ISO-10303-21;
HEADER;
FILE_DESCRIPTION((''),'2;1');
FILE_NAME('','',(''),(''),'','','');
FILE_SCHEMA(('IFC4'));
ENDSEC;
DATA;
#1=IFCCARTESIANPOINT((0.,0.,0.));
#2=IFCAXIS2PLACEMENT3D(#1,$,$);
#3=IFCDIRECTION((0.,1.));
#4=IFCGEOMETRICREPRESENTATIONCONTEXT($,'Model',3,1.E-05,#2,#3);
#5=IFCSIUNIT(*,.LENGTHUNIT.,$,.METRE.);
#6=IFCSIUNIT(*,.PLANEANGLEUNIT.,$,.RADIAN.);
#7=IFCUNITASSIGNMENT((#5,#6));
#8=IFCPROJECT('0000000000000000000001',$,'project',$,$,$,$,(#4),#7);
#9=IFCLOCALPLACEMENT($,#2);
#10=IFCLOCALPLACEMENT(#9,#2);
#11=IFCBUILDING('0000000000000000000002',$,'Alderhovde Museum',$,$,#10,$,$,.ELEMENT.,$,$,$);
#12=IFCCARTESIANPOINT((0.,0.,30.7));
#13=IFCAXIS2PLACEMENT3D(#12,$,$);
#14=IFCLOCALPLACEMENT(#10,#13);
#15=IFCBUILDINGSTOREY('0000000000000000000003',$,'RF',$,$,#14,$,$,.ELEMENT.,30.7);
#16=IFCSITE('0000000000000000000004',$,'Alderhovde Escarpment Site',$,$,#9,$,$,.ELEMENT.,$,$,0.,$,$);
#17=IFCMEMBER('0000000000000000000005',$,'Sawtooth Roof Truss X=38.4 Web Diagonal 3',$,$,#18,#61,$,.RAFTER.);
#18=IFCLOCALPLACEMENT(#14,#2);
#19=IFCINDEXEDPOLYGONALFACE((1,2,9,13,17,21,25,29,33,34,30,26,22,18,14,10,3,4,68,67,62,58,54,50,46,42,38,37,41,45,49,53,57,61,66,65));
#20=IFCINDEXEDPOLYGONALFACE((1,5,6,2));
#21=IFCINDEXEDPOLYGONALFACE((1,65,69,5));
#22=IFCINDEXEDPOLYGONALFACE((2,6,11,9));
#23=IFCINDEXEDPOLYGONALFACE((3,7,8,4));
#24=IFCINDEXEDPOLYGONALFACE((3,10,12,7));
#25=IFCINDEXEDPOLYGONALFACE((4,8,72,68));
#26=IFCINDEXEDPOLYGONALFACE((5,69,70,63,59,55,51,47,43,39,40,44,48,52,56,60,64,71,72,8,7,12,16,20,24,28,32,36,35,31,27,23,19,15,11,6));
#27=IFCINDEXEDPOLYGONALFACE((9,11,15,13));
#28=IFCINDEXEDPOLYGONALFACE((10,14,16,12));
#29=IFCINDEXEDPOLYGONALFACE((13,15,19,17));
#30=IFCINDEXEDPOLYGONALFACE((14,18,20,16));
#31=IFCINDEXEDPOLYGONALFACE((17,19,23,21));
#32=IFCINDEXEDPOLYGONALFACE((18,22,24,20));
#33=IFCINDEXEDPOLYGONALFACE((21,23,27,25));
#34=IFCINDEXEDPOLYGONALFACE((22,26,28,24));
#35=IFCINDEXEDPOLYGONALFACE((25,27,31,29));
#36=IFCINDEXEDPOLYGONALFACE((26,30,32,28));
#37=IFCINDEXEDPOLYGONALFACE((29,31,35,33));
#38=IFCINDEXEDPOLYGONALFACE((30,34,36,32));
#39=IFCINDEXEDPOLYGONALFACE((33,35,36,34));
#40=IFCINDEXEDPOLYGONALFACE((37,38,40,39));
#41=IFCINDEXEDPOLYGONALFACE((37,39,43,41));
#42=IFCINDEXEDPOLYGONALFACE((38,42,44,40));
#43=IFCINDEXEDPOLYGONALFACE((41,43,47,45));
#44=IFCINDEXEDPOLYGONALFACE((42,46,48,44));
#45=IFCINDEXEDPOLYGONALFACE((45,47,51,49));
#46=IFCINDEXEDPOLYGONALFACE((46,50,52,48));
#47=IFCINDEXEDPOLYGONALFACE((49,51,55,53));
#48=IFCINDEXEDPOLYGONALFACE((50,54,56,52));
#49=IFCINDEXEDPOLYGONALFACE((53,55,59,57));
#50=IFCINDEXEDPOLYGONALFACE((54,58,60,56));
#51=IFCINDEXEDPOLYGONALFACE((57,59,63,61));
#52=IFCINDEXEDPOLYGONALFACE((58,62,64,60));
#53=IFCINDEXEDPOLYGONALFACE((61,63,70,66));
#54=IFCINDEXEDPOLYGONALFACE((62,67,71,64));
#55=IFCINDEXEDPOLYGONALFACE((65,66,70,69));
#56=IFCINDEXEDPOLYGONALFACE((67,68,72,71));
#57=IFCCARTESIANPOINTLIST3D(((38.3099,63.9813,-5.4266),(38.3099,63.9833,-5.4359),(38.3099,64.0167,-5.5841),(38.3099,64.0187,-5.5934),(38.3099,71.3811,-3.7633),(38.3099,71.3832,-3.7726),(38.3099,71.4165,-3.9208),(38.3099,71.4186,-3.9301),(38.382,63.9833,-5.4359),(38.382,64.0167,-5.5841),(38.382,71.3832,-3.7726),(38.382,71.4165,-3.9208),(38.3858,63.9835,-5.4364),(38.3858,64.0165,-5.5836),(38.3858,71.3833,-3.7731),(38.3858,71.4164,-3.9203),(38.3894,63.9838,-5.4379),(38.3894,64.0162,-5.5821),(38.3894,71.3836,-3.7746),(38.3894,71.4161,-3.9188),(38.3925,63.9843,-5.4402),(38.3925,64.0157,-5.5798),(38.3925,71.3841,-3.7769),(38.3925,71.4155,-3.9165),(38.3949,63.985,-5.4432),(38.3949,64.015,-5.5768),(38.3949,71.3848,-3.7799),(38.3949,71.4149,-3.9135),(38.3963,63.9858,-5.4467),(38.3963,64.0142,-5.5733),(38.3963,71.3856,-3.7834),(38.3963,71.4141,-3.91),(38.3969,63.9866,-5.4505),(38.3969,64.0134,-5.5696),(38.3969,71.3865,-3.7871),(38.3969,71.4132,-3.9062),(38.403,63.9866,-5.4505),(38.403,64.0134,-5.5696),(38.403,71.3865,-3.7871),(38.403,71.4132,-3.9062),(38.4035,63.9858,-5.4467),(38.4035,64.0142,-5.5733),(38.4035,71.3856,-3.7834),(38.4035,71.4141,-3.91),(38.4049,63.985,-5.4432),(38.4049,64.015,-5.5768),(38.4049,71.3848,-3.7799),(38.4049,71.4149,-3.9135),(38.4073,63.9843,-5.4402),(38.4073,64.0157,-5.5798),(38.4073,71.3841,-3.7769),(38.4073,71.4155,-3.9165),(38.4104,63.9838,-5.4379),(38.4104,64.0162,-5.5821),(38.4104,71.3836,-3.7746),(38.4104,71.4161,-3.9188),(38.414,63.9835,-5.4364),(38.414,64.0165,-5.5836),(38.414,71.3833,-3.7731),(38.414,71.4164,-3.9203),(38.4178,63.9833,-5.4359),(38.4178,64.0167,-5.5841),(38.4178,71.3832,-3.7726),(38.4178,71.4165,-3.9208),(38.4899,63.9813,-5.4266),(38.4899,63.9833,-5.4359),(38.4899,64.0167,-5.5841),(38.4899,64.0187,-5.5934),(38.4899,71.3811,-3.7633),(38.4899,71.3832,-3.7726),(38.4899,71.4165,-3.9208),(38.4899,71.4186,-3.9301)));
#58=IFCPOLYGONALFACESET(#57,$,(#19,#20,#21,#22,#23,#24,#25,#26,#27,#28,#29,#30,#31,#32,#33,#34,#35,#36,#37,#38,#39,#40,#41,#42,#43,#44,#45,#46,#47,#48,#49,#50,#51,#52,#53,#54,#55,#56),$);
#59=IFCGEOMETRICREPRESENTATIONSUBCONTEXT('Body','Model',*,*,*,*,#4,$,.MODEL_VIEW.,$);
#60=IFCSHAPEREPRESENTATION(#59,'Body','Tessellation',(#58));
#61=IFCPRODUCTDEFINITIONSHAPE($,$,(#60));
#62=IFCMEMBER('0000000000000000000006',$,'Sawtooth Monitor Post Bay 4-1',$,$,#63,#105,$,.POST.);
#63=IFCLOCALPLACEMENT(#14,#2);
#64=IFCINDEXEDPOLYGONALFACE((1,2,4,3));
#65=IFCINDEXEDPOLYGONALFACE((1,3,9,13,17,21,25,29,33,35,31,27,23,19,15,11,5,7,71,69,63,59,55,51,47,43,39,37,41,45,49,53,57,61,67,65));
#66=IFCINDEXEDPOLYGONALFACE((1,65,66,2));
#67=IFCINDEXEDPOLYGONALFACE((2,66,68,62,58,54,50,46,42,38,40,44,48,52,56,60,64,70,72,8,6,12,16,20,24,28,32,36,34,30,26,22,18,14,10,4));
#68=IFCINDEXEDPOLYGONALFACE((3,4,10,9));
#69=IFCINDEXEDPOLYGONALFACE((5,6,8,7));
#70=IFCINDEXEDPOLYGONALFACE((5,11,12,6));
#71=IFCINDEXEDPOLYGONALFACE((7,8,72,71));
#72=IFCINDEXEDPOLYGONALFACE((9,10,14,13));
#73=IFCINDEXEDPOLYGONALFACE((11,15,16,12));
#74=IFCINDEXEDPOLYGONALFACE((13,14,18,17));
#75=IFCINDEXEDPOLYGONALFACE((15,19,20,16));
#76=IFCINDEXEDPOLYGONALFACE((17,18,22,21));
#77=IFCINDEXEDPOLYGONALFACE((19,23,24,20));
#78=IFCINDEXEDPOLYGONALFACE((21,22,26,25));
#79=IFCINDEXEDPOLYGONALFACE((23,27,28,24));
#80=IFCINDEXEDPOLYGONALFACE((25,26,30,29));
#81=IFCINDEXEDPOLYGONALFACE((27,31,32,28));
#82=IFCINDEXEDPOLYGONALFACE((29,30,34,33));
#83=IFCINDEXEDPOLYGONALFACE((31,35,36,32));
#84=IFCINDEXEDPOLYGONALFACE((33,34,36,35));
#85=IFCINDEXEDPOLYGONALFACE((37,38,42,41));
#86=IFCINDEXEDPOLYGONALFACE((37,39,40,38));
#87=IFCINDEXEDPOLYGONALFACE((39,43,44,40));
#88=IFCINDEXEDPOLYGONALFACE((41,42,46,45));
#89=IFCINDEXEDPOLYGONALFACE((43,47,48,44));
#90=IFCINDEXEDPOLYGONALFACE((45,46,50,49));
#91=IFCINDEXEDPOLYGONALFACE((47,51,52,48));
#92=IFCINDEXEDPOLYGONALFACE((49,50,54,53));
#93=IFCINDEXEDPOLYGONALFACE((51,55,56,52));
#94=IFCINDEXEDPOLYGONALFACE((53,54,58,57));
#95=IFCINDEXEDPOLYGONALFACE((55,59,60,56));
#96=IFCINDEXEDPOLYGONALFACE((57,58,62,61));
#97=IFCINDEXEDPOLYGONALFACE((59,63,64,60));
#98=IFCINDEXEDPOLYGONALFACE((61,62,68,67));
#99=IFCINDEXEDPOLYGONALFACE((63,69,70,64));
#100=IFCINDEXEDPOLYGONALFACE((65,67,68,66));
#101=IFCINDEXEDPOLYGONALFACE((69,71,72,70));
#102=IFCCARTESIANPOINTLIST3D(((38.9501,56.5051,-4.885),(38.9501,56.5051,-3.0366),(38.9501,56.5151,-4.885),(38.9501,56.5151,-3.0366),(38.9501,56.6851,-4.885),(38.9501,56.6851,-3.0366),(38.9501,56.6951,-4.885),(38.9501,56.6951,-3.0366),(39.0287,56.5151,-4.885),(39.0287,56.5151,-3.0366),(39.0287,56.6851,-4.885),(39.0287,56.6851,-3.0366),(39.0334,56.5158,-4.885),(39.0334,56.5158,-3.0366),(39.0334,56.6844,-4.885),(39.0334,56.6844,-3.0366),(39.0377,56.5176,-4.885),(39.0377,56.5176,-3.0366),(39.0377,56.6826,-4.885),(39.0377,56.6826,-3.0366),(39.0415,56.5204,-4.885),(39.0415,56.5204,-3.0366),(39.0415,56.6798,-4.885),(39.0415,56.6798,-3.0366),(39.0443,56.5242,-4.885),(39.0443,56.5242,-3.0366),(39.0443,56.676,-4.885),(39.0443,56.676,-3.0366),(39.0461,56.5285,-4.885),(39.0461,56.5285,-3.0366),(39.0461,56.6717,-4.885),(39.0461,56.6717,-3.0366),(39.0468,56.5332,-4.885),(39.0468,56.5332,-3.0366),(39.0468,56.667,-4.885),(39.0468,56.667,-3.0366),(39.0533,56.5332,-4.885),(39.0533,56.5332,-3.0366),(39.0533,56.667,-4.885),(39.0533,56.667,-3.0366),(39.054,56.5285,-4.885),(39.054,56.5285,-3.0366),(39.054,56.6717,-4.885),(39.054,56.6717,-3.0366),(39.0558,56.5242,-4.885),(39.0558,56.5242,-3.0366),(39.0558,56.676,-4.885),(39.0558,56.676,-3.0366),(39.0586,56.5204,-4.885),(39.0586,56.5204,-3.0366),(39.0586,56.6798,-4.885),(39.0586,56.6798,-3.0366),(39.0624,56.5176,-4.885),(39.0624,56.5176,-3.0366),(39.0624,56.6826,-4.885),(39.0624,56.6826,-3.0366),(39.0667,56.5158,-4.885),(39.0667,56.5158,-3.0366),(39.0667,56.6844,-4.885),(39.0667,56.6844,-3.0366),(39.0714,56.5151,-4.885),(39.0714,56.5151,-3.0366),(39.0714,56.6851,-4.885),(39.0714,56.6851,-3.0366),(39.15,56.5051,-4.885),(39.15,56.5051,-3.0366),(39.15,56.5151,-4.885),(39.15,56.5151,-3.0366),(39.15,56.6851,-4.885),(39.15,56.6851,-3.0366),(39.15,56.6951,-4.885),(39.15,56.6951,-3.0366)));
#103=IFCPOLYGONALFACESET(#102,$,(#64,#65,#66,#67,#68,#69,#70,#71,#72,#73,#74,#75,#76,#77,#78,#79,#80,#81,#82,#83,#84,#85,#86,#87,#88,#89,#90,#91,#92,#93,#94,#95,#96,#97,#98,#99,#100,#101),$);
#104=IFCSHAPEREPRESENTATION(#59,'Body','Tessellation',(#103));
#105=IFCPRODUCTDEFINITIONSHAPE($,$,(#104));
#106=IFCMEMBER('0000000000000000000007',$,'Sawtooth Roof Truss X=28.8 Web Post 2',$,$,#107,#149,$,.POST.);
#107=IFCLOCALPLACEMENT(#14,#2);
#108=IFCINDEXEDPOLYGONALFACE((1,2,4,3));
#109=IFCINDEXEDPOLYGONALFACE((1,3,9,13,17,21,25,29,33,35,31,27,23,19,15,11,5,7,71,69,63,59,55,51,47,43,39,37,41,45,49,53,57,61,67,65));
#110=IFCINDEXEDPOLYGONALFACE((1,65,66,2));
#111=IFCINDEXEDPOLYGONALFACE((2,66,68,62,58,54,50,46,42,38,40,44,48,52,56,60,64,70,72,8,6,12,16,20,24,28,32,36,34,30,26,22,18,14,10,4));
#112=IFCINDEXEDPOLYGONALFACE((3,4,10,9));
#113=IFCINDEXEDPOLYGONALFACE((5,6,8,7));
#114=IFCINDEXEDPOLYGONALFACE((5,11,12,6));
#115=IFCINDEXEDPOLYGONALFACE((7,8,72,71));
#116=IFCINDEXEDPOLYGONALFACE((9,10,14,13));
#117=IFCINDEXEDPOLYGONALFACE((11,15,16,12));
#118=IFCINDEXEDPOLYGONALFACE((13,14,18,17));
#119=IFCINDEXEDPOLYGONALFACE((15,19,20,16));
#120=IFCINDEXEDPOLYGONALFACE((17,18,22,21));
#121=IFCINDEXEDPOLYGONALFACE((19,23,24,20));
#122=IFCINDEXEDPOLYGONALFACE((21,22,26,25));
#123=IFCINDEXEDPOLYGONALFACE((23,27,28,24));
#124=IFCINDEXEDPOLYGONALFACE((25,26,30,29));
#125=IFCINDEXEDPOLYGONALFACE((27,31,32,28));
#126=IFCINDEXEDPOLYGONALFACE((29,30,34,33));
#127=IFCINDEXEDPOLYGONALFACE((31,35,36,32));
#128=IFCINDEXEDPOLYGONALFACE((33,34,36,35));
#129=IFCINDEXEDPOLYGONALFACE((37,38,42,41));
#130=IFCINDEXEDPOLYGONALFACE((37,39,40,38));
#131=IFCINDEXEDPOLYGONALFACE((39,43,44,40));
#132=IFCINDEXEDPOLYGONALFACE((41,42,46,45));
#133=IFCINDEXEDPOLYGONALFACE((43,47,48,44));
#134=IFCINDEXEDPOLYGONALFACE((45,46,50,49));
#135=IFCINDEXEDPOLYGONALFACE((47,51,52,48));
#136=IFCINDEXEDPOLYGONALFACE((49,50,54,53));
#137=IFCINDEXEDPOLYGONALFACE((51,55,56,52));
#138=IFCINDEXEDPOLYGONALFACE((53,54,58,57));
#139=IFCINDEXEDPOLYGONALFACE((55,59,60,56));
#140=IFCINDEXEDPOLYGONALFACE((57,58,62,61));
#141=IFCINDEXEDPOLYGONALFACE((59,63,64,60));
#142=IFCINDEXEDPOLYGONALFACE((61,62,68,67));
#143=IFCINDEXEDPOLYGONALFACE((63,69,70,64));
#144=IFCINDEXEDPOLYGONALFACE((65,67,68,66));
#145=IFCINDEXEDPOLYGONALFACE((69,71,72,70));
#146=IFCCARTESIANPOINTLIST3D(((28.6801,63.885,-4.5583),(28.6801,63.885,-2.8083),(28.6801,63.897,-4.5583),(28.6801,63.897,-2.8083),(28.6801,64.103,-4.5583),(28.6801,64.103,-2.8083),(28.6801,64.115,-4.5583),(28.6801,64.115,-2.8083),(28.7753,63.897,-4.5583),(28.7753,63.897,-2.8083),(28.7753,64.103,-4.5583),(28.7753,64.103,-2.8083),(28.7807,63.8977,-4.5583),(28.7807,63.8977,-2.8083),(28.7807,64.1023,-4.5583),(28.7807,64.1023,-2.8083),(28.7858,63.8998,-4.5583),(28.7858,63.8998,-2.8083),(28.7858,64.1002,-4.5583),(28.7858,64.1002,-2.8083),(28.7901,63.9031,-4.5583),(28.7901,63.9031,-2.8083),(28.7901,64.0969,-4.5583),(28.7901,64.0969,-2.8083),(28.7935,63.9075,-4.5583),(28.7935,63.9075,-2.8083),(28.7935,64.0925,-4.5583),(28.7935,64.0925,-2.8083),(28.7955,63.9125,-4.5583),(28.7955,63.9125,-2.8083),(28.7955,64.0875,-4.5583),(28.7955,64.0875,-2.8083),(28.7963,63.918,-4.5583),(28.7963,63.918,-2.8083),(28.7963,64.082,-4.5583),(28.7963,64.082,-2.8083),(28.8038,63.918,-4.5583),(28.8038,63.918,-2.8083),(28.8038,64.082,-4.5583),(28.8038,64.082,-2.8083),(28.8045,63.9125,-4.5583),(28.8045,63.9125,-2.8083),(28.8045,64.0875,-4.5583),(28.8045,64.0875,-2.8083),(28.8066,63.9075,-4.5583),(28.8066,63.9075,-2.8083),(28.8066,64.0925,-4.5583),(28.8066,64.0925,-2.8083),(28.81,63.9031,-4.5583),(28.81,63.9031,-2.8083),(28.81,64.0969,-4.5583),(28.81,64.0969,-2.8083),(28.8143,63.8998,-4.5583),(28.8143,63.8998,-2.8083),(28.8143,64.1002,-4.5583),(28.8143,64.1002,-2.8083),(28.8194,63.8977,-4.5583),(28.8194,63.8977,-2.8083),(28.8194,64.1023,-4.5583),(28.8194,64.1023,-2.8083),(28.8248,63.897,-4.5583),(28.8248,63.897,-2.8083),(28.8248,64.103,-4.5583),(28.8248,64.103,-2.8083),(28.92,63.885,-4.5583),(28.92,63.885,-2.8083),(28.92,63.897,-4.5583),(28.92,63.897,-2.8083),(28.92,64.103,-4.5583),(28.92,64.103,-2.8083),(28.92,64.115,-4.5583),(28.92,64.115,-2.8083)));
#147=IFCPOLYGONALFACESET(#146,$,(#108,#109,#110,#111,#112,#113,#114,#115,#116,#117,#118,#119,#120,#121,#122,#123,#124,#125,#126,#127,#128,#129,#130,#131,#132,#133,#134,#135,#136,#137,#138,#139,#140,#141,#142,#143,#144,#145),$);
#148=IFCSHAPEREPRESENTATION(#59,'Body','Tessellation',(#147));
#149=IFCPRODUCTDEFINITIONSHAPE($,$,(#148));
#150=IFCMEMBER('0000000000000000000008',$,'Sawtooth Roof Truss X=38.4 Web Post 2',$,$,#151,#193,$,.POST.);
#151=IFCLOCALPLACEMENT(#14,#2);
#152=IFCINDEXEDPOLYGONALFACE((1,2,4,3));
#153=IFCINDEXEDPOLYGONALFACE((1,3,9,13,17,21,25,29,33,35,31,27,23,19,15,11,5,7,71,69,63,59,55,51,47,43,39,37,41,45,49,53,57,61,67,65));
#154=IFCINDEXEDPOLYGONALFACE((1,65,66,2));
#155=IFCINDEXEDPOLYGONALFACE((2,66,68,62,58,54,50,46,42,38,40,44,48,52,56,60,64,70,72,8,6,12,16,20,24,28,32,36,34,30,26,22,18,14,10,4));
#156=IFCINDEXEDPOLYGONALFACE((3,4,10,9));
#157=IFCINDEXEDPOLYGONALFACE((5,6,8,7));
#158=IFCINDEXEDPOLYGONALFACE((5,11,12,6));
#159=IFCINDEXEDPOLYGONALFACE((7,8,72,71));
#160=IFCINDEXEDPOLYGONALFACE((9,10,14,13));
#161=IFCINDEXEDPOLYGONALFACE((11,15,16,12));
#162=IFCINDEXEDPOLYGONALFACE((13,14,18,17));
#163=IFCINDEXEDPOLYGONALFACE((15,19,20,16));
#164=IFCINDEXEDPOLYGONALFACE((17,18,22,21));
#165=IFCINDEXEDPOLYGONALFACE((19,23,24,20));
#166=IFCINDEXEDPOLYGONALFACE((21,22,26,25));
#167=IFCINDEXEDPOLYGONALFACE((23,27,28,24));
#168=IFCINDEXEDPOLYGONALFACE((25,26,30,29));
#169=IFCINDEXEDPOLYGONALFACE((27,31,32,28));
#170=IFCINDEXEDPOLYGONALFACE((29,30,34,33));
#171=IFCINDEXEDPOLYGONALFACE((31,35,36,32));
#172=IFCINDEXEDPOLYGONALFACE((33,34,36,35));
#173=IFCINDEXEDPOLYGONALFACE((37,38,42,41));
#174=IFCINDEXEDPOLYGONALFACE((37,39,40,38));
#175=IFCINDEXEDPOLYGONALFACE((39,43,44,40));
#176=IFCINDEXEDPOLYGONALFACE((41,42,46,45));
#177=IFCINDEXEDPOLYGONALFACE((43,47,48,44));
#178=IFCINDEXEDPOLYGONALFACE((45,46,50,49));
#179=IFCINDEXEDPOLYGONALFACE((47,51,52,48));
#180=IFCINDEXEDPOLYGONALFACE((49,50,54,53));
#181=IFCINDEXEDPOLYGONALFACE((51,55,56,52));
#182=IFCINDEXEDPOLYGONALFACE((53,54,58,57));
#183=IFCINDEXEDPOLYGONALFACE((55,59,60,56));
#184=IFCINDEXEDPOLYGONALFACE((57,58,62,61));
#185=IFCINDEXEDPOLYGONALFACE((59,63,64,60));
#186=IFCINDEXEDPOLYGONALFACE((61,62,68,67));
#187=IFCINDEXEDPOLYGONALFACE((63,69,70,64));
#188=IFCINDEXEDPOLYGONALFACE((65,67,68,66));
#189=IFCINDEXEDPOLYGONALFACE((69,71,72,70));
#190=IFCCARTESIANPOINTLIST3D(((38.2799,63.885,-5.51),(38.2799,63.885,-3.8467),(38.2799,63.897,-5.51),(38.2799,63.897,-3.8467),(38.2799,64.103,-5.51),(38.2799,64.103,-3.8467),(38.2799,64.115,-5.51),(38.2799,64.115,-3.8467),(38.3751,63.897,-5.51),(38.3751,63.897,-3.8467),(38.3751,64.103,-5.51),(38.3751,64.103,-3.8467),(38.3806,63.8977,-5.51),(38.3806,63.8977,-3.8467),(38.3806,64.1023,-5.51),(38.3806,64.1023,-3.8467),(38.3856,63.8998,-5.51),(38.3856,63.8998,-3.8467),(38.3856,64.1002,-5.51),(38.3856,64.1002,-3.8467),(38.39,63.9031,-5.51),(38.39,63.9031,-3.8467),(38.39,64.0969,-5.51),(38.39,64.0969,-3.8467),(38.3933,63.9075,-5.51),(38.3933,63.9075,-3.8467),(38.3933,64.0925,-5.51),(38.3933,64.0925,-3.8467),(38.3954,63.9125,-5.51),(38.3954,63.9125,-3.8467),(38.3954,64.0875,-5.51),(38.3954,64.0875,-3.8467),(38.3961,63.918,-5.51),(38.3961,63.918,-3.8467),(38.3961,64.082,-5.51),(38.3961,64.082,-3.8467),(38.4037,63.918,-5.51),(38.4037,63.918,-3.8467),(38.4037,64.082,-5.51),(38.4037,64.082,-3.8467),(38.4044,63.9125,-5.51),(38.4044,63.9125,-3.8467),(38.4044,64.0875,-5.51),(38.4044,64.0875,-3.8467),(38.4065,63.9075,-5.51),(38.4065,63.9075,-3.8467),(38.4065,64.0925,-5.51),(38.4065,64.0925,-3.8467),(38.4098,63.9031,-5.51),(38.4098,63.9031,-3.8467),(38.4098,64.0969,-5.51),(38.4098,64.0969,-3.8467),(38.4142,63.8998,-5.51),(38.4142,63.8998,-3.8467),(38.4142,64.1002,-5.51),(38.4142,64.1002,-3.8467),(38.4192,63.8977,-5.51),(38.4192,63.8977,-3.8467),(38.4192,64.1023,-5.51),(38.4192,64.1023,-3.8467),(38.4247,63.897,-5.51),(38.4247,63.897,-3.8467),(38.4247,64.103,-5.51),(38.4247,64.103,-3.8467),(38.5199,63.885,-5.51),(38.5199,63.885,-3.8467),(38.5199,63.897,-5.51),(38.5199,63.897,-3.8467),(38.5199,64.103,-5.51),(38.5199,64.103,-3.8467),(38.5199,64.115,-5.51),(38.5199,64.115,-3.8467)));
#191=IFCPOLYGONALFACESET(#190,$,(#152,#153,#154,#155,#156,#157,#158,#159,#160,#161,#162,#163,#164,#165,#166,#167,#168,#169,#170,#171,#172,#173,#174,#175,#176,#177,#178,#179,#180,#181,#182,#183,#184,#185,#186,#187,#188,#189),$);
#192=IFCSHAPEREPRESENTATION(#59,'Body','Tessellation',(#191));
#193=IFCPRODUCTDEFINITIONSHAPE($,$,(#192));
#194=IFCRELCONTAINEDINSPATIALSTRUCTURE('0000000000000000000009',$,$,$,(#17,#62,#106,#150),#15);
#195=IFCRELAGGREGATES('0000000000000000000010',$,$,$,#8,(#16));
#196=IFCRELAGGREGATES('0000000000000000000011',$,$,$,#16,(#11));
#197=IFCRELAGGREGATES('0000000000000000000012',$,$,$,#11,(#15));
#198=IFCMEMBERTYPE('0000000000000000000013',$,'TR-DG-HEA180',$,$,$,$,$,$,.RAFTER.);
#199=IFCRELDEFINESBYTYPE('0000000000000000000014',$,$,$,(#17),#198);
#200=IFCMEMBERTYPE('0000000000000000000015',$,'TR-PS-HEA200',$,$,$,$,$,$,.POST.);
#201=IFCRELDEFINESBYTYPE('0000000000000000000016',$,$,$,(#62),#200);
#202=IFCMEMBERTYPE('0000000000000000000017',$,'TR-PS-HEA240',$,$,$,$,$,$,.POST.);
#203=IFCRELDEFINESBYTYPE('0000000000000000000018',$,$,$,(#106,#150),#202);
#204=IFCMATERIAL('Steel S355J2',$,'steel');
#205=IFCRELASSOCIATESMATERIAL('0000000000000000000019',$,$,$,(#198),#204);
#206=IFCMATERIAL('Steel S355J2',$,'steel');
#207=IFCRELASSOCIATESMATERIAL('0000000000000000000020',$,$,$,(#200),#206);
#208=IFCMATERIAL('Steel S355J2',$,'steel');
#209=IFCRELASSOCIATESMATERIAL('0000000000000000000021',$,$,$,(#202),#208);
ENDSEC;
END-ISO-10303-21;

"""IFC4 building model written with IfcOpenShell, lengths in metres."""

from ifc_helpers import new_model, si_unit, direction, frame, origin, origin_2d, place, context, subcontext, project, spatial, i_section, extrude, material, material_profile, profile_set, type_object, element, save


model = new_model("IFC4")

# Units and contexts
model_context = context("Model", 3, precision=1e-05, world=origin(), true_north=direction((0.0, 1.0)))
body_context = subcontext(model_context, "Body", "Model", "MODEL_VIEW")
ifc_project = project(units=[si_unit("LENGTHUNIT", "METRE"), si_unit("PLANEANGLEUNIT", "RADIAN")], contexts=[model_context])

# Site, building, storey
site_placement = place(None, origin())
site = spatial("IfcSite", under=ifc_project, at=site_placement, Name="Alderhovde Escarpment Site", CompositionType="ELEMENT", RefElevation=0.0)
building_placement = place(site_placement, origin())
building = spatial("IfcBuilding", under=site, at=building_placement, Name="Alderhovde Museum", CompositionType="ELEMENT")
storey_placement = place(building_placement, frame((0.0, 0.0, 30.7)))
storey = spatial("IfcBuildingStorey", under=building, at=storey_placement, Name="RF", CompositionType="ELEMENT", Elevation=30.7)

# Members
ifc_material_1 = material(Name="Steel S355J2", Category="steel")
ifc_material_profile_1 = material_profile(ifc_material_1, i_section(OverallWidth=0.1799, OverallDepth=0.1709, WebThickness=0.0061, FlangeThickness=0.0095, FilletRadius=0.0149, at=origin_2d()), Name="HEA 180")
ifc_profile_set_1 = profile_set([ifc_material_profile_1], Name="Steel S355J2")
member_type_1 = type_object("IfcMemberType", Name="TR-DG-HEA180", PredefinedType="RAFTER", material=ifc_profile_set_1)
member_1_placement = place(storey_placement, frame((38.3999, 64.0, -5.51), z_axis=(0.0, 0.975656, 0.219305), x_axis=(-1.0, 0.0, 0.0)))
element("IfcMember", 1, at=member_1_placement, inside=storey, type_object=member_type_1, Name="Sawtooth Roof Truss X=38.4 Web Diagonal 3", PredefinedType="RAFTER", context=body_context, shape_type="SweptSolid", body=[
    extrude(i_section(OverallWidth=0.1799, OverallDepth=0.1709, WebThickness=0.0061, FlangeThickness=0.0095, FilletRadius=0.0149, at=origin_2d()), origin(), (0.0, 0.0, 1.0), 7.5845),
])
ifc_material_2 = material(Name="Steel S355J2", Category="steel")
ifc_material_profile_2 = material_profile(ifc_material_2, i_section(OverallWidth=0.2, OverallDepth=0.1899, WebThickness=0.0066, FlangeThickness=0.01, FilletRadius=0.0181, at=origin_2d()), Name="HEA 200")
ifc_profile_set_2 = profile_set([ifc_material_profile_2], Name="Steel S355J2")
member_type_2 = type_object("IfcMemberType", Name="TR-PS-HEA200", PredefinedType="POST", material=ifc_profile_set_2)
member_2_placement = place(storey_placement, frame((39.05, 56.6001, -4.885), z_axis=(0.0, 0.0, 1.0), x_axis=(1.0, 0.0, 0.0)))
element("IfcMember", 2, at=member_2_placement, inside=storey, type_object=member_type_2, Name="Sawtooth Monitor Post Bay 4-1", PredefinedType="POST", context=body_context, shape_type="SweptSolid", body=[
    extrude(i_section(OverallWidth=0.2, OverallDepth=0.1899, WebThickness=0.0066, FlangeThickness=0.01, FilletRadius=0.0181, at=origin_2d()), origin(), (0.0, 0.0, 1.0), 1.8484),
])
ifc_material_3 = material(Name="Steel S355J2", Category="steel")
ifc_material_profile_3 = material_profile(ifc_material_3, i_section(OverallWidth=0.24, OverallDepth=0.23, WebThickness=0.0076, FlangeThickness=0.012, FilletRadius=0.021, at=origin_2d()), Name="HEA 240")
ifc_profile_set_3 = profile_set([ifc_material_profile_3], Name="Steel S355J2")
member_type_3 = type_object("IfcMemberType", Name="TR-PS-HEA240", PredefinedType="POST", material=ifc_profile_set_3)
member_3_placement = place(storey_placement, frame((28.8, 64.0, -4.5583), z_axis=(0.0, 0.0, 1.0), x_axis=(1.0, 0.0, 0.0)))
element("IfcMember", 3, at=member_3_placement, inside=storey, type_object=member_type_3, Name="Sawtooth Roof Truss X=28.8 Web Post 2", PredefinedType="POST", context=body_context, shape_type="SweptSolid", body=[
    extrude(i_section(OverallWidth=0.24, OverallDepth=0.23, WebThickness=0.0076, FlangeThickness=0.012, FilletRadius=0.021, at=origin_2d()), origin(), (0.0, 0.0, 1.0), 1.75),
])
member_4_placement = place(storey_placement, frame((38.3999, 64.0, -5.51), z_axis=(0.0, 0.0, 1.0), x_axis=(1.0, 0.0, 0.0)))
element("IfcMember", 4, at=member_4_placement, inside=storey, type_object=member_type_3, Name="Sawtooth Roof Truss X=38.4 Web Post 2", PredefinedType="POST", context=body_context, shape_type="SweptSolid", body=[
    extrude(i_section(OverallWidth=0.24, OverallDepth=0.23, WebThickness=0.0076, FlangeThickness=0.012, FilletRadius=0.021, at=origin_2d()), origin(), (0.0, 0.0, 1.0), 1.6633),
])

save(model, "model.ifc")
